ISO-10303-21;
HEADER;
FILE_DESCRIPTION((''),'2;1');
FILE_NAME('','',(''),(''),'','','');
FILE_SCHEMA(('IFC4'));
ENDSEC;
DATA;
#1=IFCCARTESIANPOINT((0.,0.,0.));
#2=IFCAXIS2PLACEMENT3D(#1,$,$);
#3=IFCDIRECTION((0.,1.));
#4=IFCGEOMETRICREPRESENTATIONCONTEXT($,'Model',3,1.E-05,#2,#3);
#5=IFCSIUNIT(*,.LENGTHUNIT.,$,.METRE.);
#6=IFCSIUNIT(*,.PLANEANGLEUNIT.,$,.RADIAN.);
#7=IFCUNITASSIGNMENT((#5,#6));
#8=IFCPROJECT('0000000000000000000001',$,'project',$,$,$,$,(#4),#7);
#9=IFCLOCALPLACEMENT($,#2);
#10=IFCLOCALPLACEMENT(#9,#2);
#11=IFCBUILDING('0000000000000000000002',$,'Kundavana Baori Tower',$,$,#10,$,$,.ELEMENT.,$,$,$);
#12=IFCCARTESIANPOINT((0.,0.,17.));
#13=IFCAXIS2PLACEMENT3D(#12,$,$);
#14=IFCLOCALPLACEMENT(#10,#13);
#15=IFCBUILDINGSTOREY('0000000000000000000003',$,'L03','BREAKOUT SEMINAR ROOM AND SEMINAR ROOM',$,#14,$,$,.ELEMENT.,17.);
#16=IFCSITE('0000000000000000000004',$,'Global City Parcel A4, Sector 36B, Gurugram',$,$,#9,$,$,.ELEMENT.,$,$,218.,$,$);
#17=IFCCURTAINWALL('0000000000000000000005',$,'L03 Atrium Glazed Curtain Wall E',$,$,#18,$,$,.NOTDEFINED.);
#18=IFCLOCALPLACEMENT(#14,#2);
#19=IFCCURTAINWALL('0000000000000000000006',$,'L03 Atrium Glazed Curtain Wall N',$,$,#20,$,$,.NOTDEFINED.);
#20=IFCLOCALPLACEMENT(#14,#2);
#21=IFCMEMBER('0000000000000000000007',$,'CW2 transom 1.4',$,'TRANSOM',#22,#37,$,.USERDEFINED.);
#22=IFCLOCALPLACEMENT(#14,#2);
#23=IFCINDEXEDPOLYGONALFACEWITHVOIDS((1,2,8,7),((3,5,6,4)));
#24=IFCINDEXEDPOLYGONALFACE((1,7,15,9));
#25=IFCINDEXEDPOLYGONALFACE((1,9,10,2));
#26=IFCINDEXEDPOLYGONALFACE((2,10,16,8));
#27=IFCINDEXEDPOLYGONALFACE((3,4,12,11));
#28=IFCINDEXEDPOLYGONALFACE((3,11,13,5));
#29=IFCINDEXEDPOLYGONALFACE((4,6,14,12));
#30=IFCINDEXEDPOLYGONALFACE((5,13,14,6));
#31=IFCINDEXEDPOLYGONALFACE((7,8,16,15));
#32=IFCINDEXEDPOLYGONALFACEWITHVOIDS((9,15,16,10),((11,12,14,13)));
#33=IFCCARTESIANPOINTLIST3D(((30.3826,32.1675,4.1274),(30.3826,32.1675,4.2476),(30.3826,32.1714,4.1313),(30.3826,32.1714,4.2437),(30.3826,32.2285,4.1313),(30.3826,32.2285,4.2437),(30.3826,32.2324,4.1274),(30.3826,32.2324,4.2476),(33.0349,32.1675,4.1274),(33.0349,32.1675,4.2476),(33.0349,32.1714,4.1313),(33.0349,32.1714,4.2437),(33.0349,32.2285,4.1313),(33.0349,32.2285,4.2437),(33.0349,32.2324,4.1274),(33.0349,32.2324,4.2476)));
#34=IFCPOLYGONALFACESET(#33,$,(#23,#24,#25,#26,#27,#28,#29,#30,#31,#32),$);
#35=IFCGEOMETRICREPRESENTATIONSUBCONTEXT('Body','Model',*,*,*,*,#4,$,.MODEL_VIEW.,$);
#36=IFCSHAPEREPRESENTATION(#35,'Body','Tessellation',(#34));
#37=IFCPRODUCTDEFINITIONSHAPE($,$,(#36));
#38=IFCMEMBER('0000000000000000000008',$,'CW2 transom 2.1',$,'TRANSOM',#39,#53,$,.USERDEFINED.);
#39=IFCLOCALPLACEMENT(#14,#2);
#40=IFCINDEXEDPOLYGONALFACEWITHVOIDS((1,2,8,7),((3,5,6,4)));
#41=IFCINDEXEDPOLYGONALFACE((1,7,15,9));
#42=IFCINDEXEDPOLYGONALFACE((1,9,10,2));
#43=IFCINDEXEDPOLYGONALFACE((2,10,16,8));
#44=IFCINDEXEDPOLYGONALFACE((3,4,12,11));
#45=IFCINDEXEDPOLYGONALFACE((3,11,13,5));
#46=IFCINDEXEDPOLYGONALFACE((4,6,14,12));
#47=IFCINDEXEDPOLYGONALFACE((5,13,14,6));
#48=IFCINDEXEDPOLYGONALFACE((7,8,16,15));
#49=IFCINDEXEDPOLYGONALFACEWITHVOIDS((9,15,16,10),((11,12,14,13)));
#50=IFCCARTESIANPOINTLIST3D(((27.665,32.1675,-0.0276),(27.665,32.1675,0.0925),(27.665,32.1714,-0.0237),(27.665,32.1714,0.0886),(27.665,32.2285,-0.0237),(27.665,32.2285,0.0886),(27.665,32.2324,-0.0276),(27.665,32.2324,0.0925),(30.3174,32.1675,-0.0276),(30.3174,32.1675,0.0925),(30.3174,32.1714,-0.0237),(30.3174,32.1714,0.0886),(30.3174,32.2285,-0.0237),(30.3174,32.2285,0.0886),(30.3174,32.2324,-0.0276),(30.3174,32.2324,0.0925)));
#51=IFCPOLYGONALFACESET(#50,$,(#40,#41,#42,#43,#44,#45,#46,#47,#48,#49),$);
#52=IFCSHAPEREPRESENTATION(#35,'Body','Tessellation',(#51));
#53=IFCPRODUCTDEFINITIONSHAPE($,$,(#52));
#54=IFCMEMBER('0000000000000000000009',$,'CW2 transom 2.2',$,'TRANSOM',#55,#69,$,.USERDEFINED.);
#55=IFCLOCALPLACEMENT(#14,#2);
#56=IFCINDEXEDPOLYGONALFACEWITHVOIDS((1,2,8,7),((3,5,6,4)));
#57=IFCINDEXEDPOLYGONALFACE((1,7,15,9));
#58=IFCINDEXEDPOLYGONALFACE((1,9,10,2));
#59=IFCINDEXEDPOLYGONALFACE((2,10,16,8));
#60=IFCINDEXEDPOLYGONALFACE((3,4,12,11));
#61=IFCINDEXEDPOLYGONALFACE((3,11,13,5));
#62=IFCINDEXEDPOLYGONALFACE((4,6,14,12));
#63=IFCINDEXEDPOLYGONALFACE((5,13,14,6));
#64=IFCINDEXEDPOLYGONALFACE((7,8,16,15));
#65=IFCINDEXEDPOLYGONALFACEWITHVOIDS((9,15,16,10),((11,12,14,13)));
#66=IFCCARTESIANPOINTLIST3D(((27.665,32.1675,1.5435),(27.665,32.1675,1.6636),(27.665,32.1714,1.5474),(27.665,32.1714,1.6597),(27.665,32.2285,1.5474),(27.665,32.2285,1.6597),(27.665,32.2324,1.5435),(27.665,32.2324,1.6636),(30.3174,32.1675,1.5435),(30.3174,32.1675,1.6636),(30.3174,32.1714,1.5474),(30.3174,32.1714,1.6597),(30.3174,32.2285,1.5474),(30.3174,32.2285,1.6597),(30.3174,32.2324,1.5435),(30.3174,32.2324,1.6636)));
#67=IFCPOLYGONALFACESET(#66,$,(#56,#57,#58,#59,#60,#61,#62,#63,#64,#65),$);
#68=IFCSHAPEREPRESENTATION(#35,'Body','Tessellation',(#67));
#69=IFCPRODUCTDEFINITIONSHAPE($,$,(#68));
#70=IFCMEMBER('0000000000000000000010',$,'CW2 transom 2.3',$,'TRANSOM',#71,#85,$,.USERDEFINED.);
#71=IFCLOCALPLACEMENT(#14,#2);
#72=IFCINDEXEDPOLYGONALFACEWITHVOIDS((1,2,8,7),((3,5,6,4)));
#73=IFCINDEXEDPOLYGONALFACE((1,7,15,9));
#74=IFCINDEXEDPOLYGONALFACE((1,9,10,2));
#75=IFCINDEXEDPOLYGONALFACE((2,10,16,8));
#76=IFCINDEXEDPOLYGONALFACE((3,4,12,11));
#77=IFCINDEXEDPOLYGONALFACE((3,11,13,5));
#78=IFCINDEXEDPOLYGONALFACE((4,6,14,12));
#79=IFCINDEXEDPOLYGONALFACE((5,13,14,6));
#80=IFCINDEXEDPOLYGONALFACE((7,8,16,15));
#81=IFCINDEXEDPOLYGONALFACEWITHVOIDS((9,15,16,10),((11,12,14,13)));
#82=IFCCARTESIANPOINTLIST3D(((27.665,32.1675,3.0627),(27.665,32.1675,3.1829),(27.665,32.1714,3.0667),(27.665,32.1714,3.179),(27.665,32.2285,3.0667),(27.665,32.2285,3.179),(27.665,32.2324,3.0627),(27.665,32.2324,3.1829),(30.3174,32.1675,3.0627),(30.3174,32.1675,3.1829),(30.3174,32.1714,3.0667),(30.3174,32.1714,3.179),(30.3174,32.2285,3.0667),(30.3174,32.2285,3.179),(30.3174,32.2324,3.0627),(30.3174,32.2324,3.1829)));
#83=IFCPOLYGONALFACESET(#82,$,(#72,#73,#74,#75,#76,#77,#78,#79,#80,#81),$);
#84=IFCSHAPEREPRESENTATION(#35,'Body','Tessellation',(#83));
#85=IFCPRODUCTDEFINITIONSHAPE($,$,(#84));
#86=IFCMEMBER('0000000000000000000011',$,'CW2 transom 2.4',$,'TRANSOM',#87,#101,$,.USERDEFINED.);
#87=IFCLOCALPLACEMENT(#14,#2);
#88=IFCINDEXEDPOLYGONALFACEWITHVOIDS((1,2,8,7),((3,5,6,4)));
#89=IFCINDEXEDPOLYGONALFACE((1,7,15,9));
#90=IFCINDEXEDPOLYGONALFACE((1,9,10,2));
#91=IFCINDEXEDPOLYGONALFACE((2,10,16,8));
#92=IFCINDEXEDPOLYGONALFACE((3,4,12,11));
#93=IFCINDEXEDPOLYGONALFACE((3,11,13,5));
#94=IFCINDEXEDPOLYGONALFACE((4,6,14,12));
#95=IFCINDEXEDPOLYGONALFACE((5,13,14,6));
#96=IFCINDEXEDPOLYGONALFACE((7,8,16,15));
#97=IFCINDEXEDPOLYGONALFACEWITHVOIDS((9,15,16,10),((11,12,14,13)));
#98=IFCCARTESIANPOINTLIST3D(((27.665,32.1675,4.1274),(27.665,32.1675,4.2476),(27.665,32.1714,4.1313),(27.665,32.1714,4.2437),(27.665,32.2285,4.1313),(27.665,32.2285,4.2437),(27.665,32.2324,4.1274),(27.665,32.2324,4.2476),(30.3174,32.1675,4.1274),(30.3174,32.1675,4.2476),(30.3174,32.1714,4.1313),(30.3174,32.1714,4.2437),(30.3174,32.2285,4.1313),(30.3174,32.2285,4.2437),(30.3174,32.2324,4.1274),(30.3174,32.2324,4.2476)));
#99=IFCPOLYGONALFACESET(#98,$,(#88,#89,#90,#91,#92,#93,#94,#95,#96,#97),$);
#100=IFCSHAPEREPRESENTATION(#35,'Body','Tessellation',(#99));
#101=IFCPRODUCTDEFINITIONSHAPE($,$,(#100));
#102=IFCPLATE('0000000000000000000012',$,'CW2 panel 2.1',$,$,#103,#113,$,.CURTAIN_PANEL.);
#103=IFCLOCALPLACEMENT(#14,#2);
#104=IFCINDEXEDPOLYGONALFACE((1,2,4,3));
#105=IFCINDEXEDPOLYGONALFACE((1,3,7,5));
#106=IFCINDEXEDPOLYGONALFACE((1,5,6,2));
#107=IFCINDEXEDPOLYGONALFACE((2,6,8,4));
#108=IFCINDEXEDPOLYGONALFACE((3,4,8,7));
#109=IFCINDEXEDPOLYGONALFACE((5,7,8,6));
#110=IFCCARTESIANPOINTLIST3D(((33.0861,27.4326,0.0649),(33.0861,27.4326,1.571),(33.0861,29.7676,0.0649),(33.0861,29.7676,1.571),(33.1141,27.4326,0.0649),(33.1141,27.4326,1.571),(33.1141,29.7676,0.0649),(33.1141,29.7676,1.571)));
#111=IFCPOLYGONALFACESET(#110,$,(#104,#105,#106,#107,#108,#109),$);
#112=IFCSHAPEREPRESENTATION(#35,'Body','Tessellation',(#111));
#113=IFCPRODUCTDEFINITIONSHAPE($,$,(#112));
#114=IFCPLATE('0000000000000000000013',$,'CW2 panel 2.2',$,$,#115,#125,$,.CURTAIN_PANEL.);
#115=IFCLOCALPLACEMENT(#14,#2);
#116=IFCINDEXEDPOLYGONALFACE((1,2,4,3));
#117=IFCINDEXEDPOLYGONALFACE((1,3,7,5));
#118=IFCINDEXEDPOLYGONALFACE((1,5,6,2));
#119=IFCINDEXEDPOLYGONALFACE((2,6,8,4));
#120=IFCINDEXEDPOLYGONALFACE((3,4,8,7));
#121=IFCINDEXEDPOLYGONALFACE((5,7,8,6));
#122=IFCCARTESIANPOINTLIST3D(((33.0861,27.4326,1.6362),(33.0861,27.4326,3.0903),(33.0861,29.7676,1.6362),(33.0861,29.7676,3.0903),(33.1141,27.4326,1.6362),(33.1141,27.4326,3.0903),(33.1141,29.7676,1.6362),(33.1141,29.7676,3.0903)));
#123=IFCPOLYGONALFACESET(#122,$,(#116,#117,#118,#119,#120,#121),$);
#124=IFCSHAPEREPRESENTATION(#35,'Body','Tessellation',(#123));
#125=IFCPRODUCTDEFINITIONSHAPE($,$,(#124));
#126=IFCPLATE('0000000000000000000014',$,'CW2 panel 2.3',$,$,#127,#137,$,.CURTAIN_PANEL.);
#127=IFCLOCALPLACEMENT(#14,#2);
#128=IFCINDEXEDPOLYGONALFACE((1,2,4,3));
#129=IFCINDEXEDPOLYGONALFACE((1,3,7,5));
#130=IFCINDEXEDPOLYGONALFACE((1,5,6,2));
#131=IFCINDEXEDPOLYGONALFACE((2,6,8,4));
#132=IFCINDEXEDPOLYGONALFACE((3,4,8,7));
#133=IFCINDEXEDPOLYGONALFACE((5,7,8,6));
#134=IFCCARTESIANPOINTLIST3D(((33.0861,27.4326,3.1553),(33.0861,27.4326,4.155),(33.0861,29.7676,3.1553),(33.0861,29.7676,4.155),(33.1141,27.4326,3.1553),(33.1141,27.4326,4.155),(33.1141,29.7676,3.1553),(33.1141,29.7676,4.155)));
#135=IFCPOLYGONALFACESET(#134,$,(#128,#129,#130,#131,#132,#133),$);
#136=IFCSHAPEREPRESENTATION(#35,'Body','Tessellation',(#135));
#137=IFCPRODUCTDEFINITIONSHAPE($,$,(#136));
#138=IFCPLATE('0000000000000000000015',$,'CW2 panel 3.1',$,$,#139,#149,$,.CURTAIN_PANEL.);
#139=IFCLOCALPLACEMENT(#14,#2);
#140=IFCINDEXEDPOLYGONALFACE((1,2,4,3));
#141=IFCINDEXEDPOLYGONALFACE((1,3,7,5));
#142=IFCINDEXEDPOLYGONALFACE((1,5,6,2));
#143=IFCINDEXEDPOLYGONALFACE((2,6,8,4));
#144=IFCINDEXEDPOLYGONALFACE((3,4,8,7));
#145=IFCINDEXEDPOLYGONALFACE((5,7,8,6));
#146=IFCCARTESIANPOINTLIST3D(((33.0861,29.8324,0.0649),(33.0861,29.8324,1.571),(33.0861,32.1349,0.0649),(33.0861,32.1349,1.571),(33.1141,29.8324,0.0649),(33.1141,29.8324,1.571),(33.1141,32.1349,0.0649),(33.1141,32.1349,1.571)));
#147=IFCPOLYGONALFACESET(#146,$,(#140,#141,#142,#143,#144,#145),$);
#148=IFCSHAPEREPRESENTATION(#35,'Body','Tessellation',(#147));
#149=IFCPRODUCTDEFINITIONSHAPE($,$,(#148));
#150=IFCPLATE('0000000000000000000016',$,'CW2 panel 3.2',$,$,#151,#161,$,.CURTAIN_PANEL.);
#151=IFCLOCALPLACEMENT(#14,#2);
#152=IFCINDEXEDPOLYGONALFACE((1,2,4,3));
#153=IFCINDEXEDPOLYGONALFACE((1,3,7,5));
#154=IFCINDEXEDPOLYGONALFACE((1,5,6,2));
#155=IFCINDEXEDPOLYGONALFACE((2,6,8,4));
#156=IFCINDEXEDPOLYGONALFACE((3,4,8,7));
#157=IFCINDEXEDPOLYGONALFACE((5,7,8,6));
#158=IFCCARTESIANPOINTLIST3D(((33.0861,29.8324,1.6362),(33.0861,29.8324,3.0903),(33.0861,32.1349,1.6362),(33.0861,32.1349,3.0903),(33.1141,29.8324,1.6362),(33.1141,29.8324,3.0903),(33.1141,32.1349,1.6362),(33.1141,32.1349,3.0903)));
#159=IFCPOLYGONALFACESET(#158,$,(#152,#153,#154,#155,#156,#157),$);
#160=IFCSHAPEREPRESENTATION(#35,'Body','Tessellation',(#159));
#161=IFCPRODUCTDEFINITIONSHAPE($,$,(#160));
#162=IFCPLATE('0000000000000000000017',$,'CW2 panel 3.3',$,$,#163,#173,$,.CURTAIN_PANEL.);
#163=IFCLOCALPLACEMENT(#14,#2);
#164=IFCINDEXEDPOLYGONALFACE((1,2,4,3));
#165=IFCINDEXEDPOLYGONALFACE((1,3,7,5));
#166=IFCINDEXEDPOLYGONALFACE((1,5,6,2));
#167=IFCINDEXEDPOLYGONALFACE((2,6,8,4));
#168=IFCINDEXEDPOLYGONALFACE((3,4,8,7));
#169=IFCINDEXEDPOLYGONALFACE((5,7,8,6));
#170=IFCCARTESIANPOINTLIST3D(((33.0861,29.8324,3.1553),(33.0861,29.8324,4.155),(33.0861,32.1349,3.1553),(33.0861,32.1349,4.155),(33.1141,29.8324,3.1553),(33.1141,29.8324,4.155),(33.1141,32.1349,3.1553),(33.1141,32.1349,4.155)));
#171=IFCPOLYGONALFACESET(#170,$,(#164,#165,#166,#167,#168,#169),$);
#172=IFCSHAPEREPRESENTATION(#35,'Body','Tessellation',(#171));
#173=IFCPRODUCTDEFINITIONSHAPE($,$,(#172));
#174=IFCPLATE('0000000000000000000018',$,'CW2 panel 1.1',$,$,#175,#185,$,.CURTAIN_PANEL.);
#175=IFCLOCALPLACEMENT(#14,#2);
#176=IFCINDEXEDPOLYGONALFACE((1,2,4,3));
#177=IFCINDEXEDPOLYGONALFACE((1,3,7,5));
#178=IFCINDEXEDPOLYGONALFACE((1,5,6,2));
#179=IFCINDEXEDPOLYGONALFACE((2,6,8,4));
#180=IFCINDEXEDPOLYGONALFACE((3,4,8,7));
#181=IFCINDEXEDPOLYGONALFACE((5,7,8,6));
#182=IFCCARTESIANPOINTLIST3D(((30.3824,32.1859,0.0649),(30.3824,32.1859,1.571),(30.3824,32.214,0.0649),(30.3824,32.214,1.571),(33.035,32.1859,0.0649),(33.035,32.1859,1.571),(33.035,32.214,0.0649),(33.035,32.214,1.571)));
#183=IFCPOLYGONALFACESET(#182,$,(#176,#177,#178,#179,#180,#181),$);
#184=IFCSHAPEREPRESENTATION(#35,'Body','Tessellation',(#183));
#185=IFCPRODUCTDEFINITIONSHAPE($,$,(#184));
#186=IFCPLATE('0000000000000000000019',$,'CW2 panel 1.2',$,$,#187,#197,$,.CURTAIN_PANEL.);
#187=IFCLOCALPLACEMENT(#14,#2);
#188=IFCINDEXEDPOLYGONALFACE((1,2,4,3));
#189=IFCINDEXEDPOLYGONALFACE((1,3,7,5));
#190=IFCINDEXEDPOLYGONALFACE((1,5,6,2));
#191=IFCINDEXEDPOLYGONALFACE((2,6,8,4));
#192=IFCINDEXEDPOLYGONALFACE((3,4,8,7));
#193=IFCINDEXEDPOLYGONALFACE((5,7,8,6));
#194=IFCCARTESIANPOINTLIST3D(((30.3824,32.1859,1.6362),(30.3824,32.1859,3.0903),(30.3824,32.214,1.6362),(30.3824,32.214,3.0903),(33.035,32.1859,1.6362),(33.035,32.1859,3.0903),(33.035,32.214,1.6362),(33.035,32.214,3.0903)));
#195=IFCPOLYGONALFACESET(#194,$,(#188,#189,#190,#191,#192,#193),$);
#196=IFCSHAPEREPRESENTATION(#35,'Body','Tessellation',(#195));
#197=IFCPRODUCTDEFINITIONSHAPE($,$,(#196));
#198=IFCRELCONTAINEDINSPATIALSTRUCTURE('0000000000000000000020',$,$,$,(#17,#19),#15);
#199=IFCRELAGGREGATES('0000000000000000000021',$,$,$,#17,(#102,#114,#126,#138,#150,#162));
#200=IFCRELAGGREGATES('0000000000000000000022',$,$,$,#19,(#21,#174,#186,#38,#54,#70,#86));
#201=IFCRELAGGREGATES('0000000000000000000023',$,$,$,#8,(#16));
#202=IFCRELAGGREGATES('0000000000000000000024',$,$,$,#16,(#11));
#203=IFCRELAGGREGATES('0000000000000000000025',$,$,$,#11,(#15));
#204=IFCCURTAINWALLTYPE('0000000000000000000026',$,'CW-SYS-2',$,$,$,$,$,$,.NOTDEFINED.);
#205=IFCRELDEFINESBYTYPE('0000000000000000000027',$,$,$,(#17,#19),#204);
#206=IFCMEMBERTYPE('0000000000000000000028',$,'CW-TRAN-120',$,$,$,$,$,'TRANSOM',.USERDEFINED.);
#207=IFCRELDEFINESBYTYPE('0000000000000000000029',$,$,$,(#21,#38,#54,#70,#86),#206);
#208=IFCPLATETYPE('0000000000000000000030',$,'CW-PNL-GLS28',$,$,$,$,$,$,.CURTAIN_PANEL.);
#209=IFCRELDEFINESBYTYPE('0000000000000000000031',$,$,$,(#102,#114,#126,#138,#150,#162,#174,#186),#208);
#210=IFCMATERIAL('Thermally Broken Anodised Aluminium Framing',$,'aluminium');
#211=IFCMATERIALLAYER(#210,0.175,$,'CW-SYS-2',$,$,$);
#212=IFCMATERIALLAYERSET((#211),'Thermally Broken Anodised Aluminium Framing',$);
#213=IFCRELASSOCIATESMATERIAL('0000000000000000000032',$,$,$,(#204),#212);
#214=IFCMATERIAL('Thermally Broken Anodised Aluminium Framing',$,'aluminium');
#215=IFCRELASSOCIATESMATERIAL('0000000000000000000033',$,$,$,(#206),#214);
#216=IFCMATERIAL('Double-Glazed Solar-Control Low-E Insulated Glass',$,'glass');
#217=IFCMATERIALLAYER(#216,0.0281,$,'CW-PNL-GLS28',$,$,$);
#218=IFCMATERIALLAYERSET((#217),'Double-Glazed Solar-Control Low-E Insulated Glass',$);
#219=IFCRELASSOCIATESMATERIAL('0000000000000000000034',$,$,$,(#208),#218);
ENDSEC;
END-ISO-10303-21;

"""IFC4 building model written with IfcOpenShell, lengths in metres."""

from ifc_helpers import new_model, si_unit, direction, frame, origin, origin_2d, place, context, subcontext, project, spatial, rectangle, hollow_rectangle, extrude, material, layer, layer_set, material_profile, profile_set, type_object, element, aggregate, save


model = new_model("IFC4")

# Units and contexts
model_context = context("Model", 3, precision=1e-05, world=origin(), true_north=direction((0.0, 1.0)))
body_context = subcontext(model_context, "Body", "Model", "MODEL_VIEW")
ifc_project = project(units=[si_unit("LENGTHUNIT", "METRE"), si_unit("PLANEANGLEUNIT", "RADIAN")], contexts=[model_context])

# Site, building, storey
site_placement = place(None, origin())
site = spatial("IfcSite", under=ifc_project, at=site_placement, Name="Global City Parcel A4, Sector 36B, Gurugram", CompositionType="ELEMENT", RefElevation=218.0)
building_placement = place(site_placement, origin())
building = spatial("IfcBuilding", under=site, at=building_placement, Name="Kundavana Baori Tower", CompositionType="ELEMENT")
storey_placement = place(building_placement, frame((0.0, 0.0, 17.0)))
storey = spatial("IfcBuildingStorey", under=building, at=storey_placement, Name="L03", Description="BREAKOUT SEMINAR ROOM AND SEMINAR ROOM", CompositionType="ELEMENT", Elevation=17.0)

# Curtain walls
ifc_material_1 = material(Name="Thermally Broken Anodised Aluminium Framing", Category="aluminium")
ifc_layer_1 = layer(ifc_material_1, 0.175, Name="CW-SYS-2")
ifc_layer_set_1 = layer_set([ifc_layer_1], Name="Thermally Broken Anodised Aluminium Framing")
curtain_wall_type = type_object("IfcCurtainWallType", Name="CW-SYS-2", PredefinedType="NOTDEFINED", material=ifc_layer_set_1)
curtain_wall_1_placement = place(storey_placement, origin())
curtain_wall_1 = element("IfcCurtainWall", 1, at=curtain_wall_1_placement, inside=storey, type_object=curtain_wall_type, Name="L03 Atrium Glazed Curtain Wall E", PredefinedType="NOTDEFINED")
curtain_wall_2_placement = place(storey_placement, origin())
curtain_wall_2 = element("IfcCurtainWall", 2, at=curtain_wall_2_placement, inside=storey, type_object=curtain_wall_type, Name="L03 Atrium Glazed Curtain Wall N", PredefinedType="NOTDEFINED")

# Members
ifc_material_2 = material(Name="Thermally Broken Anodised Aluminium Framing", Category="aluminium")
ifc_material_profile_1 = material_profile(ifc_material_2, hollow_rectangle(XDim=0.0649, YDim=0.1201, WallThickness=0.0039, at=origin_2d()), Name="CW-TRAN-120")
ifc_profile_set_1 = profile_set([ifc_material_profile_1], Name="Thermally Broken Anodised Aluminium Framing")
member_type_1 = type_object("IfcMemberType", Name="CW-TRAN-120", ElementType="TRANSOM", PredefinedType="USERDEFINED", material=ifc_profile_set_1)
member_1_placement = place(storey_placement, frame((33.0349, 32.2, 4.1875), z_axis=(-1.0, 0.0, 0.0), x_axis=(0.0, -1.0, 0.0)))
member_1 = element("IfcMember", 3, at=member_1_placement, type_object=member_type_1, Name="CW2 transom 1.4", ObjectType="TRANSOM", PredefinedType="USERDEFINED", context=body_context, shape_type="SweptSolid", body=[
    extrude(hollow_rectangle(XDim=0.0649, YDim=0.1201, WallThickness=0.0039, at=origin_2d()), origin(), (0.0, 0.0, 1.0), 2.6523),
])
member_2_placement = place(storey_placement, frame((30.3174, 32.2, 0.0325), z_axis=(-1.0, 0.0, 0.0), x_axis=(0.0, -1.0, 0.0)))
member_2 = element("IfcMember", 4, at=member_2_placement, type_object=member_type_1, Name="CW2 transom 2.1", ObjectType="TRANSOM", PredefinedType="USERDEFINED", context=body_context, shape_type="SweptSolid", body=[
    extrude(hollow_rectangle(XDim=0.0649, YDim=0.1201, WallThickness=0.0039, at=origin_2d()), origin(), (0.0, 0.0, 1.0), 2.6523),
])
member_3_placement = place(storey_placement, frame((30.3174, 32.2, 1.6035), z_axis=(-1.0, 0.0, 0.0), x_axis=(0.0, -1.0, 0.0)))
member_3 = element("IfcMember", 5, at=member_3_placement, type_object=member_type_1, Name="CW2 transom 2.2", ObjectType="TRANSOM", PredefinedType="USERDEFINED", context=body_context, shape_type="SweptSolid", body=[
    extrude(hollow_rectangle(XDim=0.0649, YDim=0.1201, WallThickness=0.0039, at=origin_2d()), origin(), (0.0, 0.0, 1.0), 2.6523),
])
member_4_placement = place(storey_placement, frame((30.3174, 32.2, 3.1228), z_axis=(-1.0, 0.0, 0.0), x_axis=(0.0, -1.0, 0.0)))
member_4 = element("IfcMember", 6, at=member_4_placement, type_object=member_type_1, Name="CW2 transom 2.3", ObjectType="TRANSOM", PredefinedType="USERDEFINED", context=body_context, shape_type="SweptSolid", body=[
    extrude(hollow_rectangle(XDim=0.0649, YDim=0.1201, WallThickness=0.0039, at=origin_2d()), origin(), (0.0, 0.0, 1.0), 2.6523),
])
member_5_placement = place(storey_placement, frame((30.3174, 32.2, 4.1875), z_axis=(-1.0, 0.0, 0.0), x_axis=(0.0, -1.0, 0.0)))
member_5 = element("IfcMember", 7, at=member_5_placement, type_object=member_type_1, Name="CW2 transom 2.4", ObjectType="TRANSOM", PredefinedType="USERDEFINED", context=body_context, shape_type="SweptSolid", body=[
    extrude(hollow_rectangle(XDim=0.0649, YDim=0.1201, WallThickness=0.0039, at=origin_2d()), origin(), (0.0, 0.0, 1.0), 2.6523),
])

# Plates
ifc_material_3 = material(Name="Double-Glazed Solar-Control Low-E Insulated Glass", Category="glass")
ifc_layer_2 = layer(ifc_material_3, 0.0281, Name="CW-PNL-GLS28")
ifc_layer_set_2 = layer_set([ifc_layer_2], Name="Double-Glazed Solar-Control Low-E Insulated Glass")
plate_type = type_object("IfcPlateType", Name="CW-PNL-GLS28", PredefinedType="CURTAIN_PANEL", material=ifc_layer_set_2)
plate_1_placement = place(storey_placement, frame((33.1001, 28.6001, 0.0649), z_axis=(0.0, 0.0, 1.0), x_axis=(0.0, 1.0, 0.0)))
plate_1 = element("IfcPlate", 8, at=plate_1_placement, type_object=plate_type, Name="CW2 panel 2.1", PredefinedType="CURTAIN_PANEL", context=body_context, shape_type="SweptSolid", body=[
    extrude(rectangle(XDim=2.335, YDim=0.0281, at=origin_2d()), origin(), (0.0, 0.0, 1.0), 1.5061),
])
plate_2_placement = place(storey_placement, frame((33.1001, 28.6001, 1.6362), z_axis=(0.0, 0.0, 1.0), x_axis=(0.0, 1.0, 0.0)))
plate_2 = element("IfcPlate", 9, at=plate_2_placement, type_object=plate_type, Name="CW2 panel 2.2", PredefinedType="CURTAIN_PANEL", context=body_context, shape_type="SweptSolid", body=[
    extrude(rectangle(XDim=2.335, YDim=0.0281, at=origin_2d()), origin(), (0.0, 0.0, 1.0), 1.4541),
])
plate_3_placement = place(storey_placement, frame((33.1001, 28.6001, 3.1553), z_axis=(0.0, 0.0, 1.0), x_axis=(0.0, 1.0, 0.0)))
plate_3 = element("IfcPlate", 10, at=plate_3_placement, type_object=plate_type, Name="CW2 panel 2.3", PredefinedType="CURTAIN_PANEL", context=body_context, shape_type="SweptSolid", body=[
    extrude(rectangle(XDim=2.335, YDim=0.0281, at=origin_2d()), origin(), (0.0, 0.0, 1.0), 0.9998),
])
plate_4_placement = place(storey_placement, frame((33.1001, 30.9836, 0.0649), z_axis=(0.0, 0.0, 1.0), x_axis=(0.0, 1.0, 0.0)))
plate_4 = element("IfcPlate", 11, at=plate_4_placement, type_object=plate_type, Name="CW2 panel 3.1", PredefinedType="CURTAIN_PANEL", context=body_context, shape_type="SweptSolid", body=[
    extrude(rectangle(XDim=2.3025, YDim=0.0281, at=origin_2d()), origin(), (0.0, 0.0, 1.0), 1.5061),
])
plate_5_placement = place(storey_placement, frame((33.1001, 30.9836, 1.6362), z_axis=(0.0, 0.0, 1.0), x_axis=(0.0, 1.0, 0.0)))
plate_5 = element("IfcPlate", 12, at=plate_5_placement, type_object=plate_type, Name="CW2 panel 3.2", PredefinedType="CURTAIN_PANEL", context=body_context, shape_type="SweptSolid", body=[
    extrude(rectangle(XDim=2.3025, YDim=0.0281, at=origin_2d()), origin(), (0.0, 0.0, 1.0), 1.4541),
])
plate_6_placement = place(storey_placement, frame((33.1001, 30.9836, 3.1553), z_axis=(0.0, 0.0, 1.0), x_axis=(0.0, 1.0, 0.0)))
plate_6 = element("IfcPlate", 13, at=plate_6_placement, type_object=plate_type, Name="CW2 panel 3.3", PredefinedType="CURTAIN_PANEL", context=body_context, shape_type="SweptSolid", body=[
    extrude(rectangle(XDim=2.3025, YDim=0.0281, at=origin_2d()), origin(), (0.0, 0.0, 1.0), 0.9998),
])
aggregate(curtain_wall_1, [plate_1, plate_2, plate_3, plate_4, plate_5, plate_6])
plate_7_placement = place(storey_placement, frame((31.7087, 32.2, 0.0649), z_axis=(0.0, 0.0, 1.0), x_axis=(-1.0, 0.0, 0.0)))
plate_7 = element("IfcPlate", 14, at=plate_7_placement, type_object=plate_type, Name="CW2 panel 1.1", PredefinedType="CURTAIN_PANEL", context=body_context, shape_type="SweptSolid", body=[
    extrude(rectangle(XDim=2.6526, YDim=0.0281, at=origin_2d()), origin(), (0.0, 0.0, 1.0), 1.5061),
])
plate_8_placement = place(storey_placement, frame((31.7087, 32.2, 1.6362), z_axis=(0.0, 0.0, 1.0), x_axis=(-1.0, 0.0, 0.0)))
plate_8 = element("IfcPlate", 15, at=plate_8_placement, type_object=plate_type, Name="CW2 panel 1.2", PredefinedType="CURTAIN_PANEL", context=body_context, shape_type="SweptSolid", body=[
    extrude(rectangle(XDim=2.6526, YDim=0.0281, at=origin_2d()), origin(), (0.0, 0.0, 1.0), 1.4541),
])
aggregate(curtain_wall_2, [member_1, plate_7, plate_8, member_2, member_3, member_4, member_5])

save(model, "model.ifc")
